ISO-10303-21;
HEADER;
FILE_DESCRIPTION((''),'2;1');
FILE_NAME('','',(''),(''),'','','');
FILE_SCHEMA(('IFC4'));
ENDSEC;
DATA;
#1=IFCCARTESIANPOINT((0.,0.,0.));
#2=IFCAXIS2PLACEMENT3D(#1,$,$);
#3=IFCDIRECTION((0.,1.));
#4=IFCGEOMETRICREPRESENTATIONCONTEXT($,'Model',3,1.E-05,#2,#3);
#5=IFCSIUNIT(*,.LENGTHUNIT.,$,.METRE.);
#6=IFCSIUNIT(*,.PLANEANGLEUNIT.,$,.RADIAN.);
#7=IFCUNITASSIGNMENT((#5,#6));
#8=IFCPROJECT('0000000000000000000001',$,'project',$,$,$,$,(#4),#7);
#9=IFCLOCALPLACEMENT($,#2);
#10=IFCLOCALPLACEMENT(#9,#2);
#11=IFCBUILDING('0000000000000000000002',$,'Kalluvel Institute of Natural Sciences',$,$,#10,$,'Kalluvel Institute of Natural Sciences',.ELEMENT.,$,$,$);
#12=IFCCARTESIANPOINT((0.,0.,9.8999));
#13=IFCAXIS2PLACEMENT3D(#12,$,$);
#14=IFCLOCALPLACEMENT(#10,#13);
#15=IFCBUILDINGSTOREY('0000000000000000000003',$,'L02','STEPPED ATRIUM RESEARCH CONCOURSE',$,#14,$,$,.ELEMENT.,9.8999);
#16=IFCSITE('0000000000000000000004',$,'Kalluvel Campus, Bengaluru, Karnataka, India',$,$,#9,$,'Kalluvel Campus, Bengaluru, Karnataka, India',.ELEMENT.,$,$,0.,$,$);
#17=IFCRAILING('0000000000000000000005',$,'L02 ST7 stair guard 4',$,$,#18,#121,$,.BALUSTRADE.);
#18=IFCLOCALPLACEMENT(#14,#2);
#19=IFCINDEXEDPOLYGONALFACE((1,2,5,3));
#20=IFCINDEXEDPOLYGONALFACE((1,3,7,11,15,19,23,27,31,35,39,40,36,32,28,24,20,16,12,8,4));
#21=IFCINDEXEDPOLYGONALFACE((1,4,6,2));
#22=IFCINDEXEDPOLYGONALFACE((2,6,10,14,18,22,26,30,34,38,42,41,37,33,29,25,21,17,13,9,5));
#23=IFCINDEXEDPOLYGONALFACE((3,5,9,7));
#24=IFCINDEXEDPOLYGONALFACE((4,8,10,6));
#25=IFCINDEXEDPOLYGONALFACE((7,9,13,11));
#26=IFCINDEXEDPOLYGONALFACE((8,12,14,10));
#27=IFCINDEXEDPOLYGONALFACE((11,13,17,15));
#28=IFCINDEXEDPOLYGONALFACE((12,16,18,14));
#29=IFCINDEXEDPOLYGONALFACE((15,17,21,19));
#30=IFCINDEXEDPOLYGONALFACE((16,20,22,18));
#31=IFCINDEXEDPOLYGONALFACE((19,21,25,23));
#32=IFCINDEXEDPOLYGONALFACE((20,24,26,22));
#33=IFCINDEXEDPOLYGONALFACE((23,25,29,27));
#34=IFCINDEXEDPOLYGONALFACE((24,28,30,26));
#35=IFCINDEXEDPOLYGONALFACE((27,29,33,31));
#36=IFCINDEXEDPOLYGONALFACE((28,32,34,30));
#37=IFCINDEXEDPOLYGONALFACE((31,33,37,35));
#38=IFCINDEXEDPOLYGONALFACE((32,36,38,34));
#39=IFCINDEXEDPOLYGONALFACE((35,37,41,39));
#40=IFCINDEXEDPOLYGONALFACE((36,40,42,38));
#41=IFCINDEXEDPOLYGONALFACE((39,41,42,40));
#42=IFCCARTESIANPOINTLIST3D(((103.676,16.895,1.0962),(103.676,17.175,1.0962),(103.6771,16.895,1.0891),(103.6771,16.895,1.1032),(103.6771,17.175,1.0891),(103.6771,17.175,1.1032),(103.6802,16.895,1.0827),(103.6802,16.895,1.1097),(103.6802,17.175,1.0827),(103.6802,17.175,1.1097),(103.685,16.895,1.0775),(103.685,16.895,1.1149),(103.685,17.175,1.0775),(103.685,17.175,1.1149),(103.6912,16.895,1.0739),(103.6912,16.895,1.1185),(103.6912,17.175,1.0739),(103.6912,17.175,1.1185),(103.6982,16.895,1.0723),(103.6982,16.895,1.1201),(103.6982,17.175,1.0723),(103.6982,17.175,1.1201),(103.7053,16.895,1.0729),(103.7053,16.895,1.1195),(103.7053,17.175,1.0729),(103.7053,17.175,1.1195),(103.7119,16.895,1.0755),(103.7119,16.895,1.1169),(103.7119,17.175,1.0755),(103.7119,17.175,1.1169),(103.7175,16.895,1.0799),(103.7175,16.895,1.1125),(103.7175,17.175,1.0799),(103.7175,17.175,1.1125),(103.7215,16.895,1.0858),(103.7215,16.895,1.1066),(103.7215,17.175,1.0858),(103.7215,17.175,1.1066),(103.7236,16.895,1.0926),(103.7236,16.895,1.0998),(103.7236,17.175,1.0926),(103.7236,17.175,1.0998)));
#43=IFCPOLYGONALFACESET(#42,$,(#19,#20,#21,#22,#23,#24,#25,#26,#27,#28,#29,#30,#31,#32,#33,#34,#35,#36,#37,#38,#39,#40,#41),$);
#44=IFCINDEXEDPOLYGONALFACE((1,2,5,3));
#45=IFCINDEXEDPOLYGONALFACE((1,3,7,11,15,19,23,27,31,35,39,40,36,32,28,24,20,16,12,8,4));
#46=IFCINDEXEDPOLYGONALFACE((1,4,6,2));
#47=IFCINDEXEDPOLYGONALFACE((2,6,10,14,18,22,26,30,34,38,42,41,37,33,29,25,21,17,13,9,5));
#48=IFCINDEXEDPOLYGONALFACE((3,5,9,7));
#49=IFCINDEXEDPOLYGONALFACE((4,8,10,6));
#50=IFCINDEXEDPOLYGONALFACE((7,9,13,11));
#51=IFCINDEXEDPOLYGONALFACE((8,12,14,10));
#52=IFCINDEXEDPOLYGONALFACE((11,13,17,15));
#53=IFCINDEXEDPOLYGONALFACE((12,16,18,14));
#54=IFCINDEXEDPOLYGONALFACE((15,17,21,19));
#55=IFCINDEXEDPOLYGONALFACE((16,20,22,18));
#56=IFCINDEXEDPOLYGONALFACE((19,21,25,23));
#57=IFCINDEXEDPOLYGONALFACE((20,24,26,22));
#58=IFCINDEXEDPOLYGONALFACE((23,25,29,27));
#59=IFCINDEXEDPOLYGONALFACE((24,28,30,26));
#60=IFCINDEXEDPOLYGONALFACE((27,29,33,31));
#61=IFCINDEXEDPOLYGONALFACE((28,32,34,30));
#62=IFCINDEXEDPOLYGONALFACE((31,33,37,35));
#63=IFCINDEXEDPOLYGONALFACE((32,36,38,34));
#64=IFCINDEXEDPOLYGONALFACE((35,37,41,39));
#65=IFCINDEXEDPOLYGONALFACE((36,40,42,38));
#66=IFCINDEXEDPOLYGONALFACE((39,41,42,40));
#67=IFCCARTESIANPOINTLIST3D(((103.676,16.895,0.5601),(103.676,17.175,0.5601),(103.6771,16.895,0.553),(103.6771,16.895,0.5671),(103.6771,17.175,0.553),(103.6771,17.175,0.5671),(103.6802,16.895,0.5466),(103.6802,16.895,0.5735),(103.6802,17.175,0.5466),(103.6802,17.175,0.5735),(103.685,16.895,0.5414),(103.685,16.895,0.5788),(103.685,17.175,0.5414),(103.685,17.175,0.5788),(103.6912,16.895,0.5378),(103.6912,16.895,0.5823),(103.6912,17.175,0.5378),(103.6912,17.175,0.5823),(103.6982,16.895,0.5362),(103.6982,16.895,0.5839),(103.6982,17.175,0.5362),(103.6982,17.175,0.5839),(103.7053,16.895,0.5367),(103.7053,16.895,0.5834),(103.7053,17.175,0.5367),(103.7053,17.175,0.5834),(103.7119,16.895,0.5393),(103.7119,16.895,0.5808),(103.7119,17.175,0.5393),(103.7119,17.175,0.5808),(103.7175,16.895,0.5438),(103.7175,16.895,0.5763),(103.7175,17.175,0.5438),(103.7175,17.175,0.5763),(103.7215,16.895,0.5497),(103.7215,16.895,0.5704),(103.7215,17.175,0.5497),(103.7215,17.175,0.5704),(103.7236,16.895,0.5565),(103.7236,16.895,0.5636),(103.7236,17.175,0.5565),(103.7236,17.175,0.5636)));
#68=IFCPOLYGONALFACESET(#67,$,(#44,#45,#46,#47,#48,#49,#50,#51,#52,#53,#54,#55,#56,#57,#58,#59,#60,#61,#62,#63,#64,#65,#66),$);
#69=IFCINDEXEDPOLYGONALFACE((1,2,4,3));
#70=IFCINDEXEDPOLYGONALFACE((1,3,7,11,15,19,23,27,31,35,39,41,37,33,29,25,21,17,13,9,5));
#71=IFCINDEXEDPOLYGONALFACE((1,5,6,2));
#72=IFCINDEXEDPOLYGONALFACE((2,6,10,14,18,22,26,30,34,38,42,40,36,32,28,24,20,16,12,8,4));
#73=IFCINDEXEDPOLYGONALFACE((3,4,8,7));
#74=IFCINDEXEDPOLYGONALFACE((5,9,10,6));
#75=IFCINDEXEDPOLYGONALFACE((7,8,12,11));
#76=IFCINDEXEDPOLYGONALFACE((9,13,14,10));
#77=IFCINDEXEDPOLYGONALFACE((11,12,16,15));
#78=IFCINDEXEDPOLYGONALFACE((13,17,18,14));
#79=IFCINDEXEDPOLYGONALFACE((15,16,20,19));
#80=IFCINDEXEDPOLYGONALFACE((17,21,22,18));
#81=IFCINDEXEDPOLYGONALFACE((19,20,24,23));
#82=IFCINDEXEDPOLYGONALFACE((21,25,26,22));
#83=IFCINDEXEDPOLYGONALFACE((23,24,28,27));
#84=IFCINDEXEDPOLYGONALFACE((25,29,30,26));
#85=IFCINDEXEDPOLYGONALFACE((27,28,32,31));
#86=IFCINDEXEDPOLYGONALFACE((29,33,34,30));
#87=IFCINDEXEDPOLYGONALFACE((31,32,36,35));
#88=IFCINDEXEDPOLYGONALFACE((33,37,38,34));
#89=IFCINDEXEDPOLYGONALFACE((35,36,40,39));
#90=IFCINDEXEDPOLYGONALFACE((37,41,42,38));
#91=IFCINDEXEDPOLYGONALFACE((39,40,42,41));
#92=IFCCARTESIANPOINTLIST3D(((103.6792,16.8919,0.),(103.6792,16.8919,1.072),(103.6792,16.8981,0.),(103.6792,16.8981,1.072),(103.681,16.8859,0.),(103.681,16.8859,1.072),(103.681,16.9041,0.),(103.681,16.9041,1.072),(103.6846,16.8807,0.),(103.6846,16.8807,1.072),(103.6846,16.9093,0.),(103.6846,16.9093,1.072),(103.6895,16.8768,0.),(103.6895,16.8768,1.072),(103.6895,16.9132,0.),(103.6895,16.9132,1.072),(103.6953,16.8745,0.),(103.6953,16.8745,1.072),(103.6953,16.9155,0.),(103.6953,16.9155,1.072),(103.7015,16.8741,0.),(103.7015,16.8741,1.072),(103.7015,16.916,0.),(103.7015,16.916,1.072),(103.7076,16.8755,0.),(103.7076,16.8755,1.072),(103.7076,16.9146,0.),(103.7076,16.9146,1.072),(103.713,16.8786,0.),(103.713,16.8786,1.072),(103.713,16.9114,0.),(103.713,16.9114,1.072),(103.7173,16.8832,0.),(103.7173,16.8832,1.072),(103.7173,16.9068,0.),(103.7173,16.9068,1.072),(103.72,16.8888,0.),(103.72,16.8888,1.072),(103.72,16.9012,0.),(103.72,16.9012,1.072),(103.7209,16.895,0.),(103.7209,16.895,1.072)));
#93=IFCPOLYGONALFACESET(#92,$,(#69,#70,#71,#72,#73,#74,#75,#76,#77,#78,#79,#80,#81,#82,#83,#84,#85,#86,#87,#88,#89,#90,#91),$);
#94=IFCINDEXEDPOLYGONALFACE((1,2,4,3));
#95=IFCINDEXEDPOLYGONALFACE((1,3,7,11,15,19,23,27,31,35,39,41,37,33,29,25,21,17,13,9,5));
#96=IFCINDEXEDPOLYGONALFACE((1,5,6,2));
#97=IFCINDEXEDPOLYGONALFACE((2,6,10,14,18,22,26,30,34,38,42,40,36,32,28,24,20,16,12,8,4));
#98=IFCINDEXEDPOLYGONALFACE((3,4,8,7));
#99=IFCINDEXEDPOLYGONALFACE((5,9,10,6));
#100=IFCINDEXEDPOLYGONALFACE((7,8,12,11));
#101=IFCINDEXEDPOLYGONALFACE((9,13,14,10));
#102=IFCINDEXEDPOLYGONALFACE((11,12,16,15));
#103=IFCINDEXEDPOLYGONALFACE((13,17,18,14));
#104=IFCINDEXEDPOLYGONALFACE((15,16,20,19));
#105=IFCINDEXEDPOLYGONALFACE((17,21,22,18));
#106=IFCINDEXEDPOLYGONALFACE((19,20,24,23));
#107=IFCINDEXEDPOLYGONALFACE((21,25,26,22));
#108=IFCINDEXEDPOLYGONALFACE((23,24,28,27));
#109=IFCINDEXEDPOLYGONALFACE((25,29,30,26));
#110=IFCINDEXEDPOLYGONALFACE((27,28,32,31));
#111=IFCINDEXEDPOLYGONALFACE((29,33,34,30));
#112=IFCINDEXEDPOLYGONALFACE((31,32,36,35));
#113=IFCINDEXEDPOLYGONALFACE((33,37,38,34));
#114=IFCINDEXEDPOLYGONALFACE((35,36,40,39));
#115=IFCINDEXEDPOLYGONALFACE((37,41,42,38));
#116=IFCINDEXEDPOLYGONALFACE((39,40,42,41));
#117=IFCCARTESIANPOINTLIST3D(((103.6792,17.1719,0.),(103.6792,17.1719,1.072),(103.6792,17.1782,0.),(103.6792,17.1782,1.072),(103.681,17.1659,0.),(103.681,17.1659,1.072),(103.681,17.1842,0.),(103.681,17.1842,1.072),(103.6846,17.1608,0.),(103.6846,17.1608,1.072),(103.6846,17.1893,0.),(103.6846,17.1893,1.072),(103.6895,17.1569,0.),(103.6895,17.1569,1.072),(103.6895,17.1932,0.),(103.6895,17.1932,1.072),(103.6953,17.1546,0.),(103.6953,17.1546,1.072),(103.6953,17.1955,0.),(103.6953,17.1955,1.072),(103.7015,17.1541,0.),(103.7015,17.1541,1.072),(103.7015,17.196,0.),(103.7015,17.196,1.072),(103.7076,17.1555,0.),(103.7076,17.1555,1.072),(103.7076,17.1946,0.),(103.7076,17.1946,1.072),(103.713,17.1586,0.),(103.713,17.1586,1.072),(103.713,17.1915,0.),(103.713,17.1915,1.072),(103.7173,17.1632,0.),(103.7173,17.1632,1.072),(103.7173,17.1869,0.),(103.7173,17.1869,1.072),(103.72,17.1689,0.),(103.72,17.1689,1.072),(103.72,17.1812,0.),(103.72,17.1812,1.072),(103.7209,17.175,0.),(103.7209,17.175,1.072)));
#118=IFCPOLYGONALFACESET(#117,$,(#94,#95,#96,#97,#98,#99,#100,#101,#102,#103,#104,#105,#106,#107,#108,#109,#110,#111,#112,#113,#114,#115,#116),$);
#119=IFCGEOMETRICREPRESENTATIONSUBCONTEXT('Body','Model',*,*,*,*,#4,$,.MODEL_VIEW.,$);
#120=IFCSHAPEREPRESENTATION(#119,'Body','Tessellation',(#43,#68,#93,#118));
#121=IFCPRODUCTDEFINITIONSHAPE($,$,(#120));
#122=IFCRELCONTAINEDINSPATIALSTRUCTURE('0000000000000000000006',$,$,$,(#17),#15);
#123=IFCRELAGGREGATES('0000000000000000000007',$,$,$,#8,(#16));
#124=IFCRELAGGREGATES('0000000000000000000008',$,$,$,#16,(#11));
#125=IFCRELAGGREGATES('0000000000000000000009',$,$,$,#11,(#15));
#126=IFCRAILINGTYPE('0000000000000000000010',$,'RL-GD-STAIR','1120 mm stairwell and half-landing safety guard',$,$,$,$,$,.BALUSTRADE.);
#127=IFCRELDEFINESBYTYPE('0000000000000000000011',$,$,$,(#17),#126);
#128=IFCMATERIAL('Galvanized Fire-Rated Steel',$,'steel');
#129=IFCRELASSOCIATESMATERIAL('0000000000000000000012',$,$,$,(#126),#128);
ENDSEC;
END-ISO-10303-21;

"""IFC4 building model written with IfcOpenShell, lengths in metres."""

from ifc_helpers import new_model, si_unit, direction, frame, origin, origin_2d, place, context, subcontext, project, spatial, circle, extrude, material, type_object, element, save


model = new_model("IFC4")

# Units and contexts
model_context = context("Model", 3, precision=1e-05, world=origin(), true_north=direction((0.0, 1.0)))
body_context = subcontext(model_context, "Body", "Model", "MODEL_VIEW")
ifc_project = project(units=[si_unit("LENGTHUNIT", "METRE"), si_unit("PLANEANGLEUNIT", "RADIAN")], contexts=[model_context])

# Site, building, storey
site_placement = place(None, origin())
site = spatial("IfcSite", under=ifc_project, at=site_placement, Name="Kalluvel Campus, Bengaluru, Karnataka, India", LongName="Kalluvel Campus, Bengaluru, Karnataka, India", CompositionType="ELEMENT", RefElevation=0.0)
building_placement = place(site_placement, origin())
building = spatial("IfcBuilding", under=site, at=building_placement, Name="Kalluvel Institute of Natural Sciences", LongName="Kalluvel Institute of Natural Sciences", CompositionType="ELEMENT")
storey_placement = place(building_placement, frame((0.0, 0.0, 9.8999)))
storey = spatial("IfcBuildingStorey", under=building, at=storey_placement, Name="L02", Description="STEPPED ATRIUM RESEARCH CONCOURSE", CompositionType="ELEMENT", Elevation=9.8999)

# Shared definitions
ifc_material_1 = material(Name="Galvanized Fire-Rated Steel", Category="steel")

# Railing
railing_type_1 = type_object("IfcRailingType", Name="RL-GD-STAIR", Description="1120 mm stairwell and half-landing safety guard", PredefinedType="BALUSTRADE", material=ifc_material_1)
railing_1_placement = place(storey_placement, frame((103.7, 16.895, 0.0)))
element("IfcRailing", 1, at=railing_1_placement, inside=storey, type_object=railing_type_1, Name="L02 ST7 stair guard 4", PredefinedType="BALUSTRADE", context=body_context, shape_type="SweptSolid", body=[
    extrude(circle(Radius=0.0239, at=origin_2d()), frame((0.0, 0.0, 1.0962), z_axis=(0.0, 1.0, 0.0), x_axis=(-1.0, 0.0, 0.0)), (0.0, 0.0, 1.0), 0.28),
    extrude(circle(Radius=0.0239, at=origin_2d()), frame((0.0, 0.0, 0.5601), z_axis=(0.0, 1.0, 0.0), x_axis=(-1.0, 0.0, 0.0)), (0.0, 0.0, 1.0), 0.28),
    extrude(circle(Radius=0.021, at=origin_2d()), origin(), (0.0, 0.0, 1.0), 1.072),
    extrude(circle(Radius=0.021, at=origin_2d()), frame((0.0, 0.28, 0.0)), (0.0, 0.0, 1.0), 1.072),
])

save(model, "model.ifc")
